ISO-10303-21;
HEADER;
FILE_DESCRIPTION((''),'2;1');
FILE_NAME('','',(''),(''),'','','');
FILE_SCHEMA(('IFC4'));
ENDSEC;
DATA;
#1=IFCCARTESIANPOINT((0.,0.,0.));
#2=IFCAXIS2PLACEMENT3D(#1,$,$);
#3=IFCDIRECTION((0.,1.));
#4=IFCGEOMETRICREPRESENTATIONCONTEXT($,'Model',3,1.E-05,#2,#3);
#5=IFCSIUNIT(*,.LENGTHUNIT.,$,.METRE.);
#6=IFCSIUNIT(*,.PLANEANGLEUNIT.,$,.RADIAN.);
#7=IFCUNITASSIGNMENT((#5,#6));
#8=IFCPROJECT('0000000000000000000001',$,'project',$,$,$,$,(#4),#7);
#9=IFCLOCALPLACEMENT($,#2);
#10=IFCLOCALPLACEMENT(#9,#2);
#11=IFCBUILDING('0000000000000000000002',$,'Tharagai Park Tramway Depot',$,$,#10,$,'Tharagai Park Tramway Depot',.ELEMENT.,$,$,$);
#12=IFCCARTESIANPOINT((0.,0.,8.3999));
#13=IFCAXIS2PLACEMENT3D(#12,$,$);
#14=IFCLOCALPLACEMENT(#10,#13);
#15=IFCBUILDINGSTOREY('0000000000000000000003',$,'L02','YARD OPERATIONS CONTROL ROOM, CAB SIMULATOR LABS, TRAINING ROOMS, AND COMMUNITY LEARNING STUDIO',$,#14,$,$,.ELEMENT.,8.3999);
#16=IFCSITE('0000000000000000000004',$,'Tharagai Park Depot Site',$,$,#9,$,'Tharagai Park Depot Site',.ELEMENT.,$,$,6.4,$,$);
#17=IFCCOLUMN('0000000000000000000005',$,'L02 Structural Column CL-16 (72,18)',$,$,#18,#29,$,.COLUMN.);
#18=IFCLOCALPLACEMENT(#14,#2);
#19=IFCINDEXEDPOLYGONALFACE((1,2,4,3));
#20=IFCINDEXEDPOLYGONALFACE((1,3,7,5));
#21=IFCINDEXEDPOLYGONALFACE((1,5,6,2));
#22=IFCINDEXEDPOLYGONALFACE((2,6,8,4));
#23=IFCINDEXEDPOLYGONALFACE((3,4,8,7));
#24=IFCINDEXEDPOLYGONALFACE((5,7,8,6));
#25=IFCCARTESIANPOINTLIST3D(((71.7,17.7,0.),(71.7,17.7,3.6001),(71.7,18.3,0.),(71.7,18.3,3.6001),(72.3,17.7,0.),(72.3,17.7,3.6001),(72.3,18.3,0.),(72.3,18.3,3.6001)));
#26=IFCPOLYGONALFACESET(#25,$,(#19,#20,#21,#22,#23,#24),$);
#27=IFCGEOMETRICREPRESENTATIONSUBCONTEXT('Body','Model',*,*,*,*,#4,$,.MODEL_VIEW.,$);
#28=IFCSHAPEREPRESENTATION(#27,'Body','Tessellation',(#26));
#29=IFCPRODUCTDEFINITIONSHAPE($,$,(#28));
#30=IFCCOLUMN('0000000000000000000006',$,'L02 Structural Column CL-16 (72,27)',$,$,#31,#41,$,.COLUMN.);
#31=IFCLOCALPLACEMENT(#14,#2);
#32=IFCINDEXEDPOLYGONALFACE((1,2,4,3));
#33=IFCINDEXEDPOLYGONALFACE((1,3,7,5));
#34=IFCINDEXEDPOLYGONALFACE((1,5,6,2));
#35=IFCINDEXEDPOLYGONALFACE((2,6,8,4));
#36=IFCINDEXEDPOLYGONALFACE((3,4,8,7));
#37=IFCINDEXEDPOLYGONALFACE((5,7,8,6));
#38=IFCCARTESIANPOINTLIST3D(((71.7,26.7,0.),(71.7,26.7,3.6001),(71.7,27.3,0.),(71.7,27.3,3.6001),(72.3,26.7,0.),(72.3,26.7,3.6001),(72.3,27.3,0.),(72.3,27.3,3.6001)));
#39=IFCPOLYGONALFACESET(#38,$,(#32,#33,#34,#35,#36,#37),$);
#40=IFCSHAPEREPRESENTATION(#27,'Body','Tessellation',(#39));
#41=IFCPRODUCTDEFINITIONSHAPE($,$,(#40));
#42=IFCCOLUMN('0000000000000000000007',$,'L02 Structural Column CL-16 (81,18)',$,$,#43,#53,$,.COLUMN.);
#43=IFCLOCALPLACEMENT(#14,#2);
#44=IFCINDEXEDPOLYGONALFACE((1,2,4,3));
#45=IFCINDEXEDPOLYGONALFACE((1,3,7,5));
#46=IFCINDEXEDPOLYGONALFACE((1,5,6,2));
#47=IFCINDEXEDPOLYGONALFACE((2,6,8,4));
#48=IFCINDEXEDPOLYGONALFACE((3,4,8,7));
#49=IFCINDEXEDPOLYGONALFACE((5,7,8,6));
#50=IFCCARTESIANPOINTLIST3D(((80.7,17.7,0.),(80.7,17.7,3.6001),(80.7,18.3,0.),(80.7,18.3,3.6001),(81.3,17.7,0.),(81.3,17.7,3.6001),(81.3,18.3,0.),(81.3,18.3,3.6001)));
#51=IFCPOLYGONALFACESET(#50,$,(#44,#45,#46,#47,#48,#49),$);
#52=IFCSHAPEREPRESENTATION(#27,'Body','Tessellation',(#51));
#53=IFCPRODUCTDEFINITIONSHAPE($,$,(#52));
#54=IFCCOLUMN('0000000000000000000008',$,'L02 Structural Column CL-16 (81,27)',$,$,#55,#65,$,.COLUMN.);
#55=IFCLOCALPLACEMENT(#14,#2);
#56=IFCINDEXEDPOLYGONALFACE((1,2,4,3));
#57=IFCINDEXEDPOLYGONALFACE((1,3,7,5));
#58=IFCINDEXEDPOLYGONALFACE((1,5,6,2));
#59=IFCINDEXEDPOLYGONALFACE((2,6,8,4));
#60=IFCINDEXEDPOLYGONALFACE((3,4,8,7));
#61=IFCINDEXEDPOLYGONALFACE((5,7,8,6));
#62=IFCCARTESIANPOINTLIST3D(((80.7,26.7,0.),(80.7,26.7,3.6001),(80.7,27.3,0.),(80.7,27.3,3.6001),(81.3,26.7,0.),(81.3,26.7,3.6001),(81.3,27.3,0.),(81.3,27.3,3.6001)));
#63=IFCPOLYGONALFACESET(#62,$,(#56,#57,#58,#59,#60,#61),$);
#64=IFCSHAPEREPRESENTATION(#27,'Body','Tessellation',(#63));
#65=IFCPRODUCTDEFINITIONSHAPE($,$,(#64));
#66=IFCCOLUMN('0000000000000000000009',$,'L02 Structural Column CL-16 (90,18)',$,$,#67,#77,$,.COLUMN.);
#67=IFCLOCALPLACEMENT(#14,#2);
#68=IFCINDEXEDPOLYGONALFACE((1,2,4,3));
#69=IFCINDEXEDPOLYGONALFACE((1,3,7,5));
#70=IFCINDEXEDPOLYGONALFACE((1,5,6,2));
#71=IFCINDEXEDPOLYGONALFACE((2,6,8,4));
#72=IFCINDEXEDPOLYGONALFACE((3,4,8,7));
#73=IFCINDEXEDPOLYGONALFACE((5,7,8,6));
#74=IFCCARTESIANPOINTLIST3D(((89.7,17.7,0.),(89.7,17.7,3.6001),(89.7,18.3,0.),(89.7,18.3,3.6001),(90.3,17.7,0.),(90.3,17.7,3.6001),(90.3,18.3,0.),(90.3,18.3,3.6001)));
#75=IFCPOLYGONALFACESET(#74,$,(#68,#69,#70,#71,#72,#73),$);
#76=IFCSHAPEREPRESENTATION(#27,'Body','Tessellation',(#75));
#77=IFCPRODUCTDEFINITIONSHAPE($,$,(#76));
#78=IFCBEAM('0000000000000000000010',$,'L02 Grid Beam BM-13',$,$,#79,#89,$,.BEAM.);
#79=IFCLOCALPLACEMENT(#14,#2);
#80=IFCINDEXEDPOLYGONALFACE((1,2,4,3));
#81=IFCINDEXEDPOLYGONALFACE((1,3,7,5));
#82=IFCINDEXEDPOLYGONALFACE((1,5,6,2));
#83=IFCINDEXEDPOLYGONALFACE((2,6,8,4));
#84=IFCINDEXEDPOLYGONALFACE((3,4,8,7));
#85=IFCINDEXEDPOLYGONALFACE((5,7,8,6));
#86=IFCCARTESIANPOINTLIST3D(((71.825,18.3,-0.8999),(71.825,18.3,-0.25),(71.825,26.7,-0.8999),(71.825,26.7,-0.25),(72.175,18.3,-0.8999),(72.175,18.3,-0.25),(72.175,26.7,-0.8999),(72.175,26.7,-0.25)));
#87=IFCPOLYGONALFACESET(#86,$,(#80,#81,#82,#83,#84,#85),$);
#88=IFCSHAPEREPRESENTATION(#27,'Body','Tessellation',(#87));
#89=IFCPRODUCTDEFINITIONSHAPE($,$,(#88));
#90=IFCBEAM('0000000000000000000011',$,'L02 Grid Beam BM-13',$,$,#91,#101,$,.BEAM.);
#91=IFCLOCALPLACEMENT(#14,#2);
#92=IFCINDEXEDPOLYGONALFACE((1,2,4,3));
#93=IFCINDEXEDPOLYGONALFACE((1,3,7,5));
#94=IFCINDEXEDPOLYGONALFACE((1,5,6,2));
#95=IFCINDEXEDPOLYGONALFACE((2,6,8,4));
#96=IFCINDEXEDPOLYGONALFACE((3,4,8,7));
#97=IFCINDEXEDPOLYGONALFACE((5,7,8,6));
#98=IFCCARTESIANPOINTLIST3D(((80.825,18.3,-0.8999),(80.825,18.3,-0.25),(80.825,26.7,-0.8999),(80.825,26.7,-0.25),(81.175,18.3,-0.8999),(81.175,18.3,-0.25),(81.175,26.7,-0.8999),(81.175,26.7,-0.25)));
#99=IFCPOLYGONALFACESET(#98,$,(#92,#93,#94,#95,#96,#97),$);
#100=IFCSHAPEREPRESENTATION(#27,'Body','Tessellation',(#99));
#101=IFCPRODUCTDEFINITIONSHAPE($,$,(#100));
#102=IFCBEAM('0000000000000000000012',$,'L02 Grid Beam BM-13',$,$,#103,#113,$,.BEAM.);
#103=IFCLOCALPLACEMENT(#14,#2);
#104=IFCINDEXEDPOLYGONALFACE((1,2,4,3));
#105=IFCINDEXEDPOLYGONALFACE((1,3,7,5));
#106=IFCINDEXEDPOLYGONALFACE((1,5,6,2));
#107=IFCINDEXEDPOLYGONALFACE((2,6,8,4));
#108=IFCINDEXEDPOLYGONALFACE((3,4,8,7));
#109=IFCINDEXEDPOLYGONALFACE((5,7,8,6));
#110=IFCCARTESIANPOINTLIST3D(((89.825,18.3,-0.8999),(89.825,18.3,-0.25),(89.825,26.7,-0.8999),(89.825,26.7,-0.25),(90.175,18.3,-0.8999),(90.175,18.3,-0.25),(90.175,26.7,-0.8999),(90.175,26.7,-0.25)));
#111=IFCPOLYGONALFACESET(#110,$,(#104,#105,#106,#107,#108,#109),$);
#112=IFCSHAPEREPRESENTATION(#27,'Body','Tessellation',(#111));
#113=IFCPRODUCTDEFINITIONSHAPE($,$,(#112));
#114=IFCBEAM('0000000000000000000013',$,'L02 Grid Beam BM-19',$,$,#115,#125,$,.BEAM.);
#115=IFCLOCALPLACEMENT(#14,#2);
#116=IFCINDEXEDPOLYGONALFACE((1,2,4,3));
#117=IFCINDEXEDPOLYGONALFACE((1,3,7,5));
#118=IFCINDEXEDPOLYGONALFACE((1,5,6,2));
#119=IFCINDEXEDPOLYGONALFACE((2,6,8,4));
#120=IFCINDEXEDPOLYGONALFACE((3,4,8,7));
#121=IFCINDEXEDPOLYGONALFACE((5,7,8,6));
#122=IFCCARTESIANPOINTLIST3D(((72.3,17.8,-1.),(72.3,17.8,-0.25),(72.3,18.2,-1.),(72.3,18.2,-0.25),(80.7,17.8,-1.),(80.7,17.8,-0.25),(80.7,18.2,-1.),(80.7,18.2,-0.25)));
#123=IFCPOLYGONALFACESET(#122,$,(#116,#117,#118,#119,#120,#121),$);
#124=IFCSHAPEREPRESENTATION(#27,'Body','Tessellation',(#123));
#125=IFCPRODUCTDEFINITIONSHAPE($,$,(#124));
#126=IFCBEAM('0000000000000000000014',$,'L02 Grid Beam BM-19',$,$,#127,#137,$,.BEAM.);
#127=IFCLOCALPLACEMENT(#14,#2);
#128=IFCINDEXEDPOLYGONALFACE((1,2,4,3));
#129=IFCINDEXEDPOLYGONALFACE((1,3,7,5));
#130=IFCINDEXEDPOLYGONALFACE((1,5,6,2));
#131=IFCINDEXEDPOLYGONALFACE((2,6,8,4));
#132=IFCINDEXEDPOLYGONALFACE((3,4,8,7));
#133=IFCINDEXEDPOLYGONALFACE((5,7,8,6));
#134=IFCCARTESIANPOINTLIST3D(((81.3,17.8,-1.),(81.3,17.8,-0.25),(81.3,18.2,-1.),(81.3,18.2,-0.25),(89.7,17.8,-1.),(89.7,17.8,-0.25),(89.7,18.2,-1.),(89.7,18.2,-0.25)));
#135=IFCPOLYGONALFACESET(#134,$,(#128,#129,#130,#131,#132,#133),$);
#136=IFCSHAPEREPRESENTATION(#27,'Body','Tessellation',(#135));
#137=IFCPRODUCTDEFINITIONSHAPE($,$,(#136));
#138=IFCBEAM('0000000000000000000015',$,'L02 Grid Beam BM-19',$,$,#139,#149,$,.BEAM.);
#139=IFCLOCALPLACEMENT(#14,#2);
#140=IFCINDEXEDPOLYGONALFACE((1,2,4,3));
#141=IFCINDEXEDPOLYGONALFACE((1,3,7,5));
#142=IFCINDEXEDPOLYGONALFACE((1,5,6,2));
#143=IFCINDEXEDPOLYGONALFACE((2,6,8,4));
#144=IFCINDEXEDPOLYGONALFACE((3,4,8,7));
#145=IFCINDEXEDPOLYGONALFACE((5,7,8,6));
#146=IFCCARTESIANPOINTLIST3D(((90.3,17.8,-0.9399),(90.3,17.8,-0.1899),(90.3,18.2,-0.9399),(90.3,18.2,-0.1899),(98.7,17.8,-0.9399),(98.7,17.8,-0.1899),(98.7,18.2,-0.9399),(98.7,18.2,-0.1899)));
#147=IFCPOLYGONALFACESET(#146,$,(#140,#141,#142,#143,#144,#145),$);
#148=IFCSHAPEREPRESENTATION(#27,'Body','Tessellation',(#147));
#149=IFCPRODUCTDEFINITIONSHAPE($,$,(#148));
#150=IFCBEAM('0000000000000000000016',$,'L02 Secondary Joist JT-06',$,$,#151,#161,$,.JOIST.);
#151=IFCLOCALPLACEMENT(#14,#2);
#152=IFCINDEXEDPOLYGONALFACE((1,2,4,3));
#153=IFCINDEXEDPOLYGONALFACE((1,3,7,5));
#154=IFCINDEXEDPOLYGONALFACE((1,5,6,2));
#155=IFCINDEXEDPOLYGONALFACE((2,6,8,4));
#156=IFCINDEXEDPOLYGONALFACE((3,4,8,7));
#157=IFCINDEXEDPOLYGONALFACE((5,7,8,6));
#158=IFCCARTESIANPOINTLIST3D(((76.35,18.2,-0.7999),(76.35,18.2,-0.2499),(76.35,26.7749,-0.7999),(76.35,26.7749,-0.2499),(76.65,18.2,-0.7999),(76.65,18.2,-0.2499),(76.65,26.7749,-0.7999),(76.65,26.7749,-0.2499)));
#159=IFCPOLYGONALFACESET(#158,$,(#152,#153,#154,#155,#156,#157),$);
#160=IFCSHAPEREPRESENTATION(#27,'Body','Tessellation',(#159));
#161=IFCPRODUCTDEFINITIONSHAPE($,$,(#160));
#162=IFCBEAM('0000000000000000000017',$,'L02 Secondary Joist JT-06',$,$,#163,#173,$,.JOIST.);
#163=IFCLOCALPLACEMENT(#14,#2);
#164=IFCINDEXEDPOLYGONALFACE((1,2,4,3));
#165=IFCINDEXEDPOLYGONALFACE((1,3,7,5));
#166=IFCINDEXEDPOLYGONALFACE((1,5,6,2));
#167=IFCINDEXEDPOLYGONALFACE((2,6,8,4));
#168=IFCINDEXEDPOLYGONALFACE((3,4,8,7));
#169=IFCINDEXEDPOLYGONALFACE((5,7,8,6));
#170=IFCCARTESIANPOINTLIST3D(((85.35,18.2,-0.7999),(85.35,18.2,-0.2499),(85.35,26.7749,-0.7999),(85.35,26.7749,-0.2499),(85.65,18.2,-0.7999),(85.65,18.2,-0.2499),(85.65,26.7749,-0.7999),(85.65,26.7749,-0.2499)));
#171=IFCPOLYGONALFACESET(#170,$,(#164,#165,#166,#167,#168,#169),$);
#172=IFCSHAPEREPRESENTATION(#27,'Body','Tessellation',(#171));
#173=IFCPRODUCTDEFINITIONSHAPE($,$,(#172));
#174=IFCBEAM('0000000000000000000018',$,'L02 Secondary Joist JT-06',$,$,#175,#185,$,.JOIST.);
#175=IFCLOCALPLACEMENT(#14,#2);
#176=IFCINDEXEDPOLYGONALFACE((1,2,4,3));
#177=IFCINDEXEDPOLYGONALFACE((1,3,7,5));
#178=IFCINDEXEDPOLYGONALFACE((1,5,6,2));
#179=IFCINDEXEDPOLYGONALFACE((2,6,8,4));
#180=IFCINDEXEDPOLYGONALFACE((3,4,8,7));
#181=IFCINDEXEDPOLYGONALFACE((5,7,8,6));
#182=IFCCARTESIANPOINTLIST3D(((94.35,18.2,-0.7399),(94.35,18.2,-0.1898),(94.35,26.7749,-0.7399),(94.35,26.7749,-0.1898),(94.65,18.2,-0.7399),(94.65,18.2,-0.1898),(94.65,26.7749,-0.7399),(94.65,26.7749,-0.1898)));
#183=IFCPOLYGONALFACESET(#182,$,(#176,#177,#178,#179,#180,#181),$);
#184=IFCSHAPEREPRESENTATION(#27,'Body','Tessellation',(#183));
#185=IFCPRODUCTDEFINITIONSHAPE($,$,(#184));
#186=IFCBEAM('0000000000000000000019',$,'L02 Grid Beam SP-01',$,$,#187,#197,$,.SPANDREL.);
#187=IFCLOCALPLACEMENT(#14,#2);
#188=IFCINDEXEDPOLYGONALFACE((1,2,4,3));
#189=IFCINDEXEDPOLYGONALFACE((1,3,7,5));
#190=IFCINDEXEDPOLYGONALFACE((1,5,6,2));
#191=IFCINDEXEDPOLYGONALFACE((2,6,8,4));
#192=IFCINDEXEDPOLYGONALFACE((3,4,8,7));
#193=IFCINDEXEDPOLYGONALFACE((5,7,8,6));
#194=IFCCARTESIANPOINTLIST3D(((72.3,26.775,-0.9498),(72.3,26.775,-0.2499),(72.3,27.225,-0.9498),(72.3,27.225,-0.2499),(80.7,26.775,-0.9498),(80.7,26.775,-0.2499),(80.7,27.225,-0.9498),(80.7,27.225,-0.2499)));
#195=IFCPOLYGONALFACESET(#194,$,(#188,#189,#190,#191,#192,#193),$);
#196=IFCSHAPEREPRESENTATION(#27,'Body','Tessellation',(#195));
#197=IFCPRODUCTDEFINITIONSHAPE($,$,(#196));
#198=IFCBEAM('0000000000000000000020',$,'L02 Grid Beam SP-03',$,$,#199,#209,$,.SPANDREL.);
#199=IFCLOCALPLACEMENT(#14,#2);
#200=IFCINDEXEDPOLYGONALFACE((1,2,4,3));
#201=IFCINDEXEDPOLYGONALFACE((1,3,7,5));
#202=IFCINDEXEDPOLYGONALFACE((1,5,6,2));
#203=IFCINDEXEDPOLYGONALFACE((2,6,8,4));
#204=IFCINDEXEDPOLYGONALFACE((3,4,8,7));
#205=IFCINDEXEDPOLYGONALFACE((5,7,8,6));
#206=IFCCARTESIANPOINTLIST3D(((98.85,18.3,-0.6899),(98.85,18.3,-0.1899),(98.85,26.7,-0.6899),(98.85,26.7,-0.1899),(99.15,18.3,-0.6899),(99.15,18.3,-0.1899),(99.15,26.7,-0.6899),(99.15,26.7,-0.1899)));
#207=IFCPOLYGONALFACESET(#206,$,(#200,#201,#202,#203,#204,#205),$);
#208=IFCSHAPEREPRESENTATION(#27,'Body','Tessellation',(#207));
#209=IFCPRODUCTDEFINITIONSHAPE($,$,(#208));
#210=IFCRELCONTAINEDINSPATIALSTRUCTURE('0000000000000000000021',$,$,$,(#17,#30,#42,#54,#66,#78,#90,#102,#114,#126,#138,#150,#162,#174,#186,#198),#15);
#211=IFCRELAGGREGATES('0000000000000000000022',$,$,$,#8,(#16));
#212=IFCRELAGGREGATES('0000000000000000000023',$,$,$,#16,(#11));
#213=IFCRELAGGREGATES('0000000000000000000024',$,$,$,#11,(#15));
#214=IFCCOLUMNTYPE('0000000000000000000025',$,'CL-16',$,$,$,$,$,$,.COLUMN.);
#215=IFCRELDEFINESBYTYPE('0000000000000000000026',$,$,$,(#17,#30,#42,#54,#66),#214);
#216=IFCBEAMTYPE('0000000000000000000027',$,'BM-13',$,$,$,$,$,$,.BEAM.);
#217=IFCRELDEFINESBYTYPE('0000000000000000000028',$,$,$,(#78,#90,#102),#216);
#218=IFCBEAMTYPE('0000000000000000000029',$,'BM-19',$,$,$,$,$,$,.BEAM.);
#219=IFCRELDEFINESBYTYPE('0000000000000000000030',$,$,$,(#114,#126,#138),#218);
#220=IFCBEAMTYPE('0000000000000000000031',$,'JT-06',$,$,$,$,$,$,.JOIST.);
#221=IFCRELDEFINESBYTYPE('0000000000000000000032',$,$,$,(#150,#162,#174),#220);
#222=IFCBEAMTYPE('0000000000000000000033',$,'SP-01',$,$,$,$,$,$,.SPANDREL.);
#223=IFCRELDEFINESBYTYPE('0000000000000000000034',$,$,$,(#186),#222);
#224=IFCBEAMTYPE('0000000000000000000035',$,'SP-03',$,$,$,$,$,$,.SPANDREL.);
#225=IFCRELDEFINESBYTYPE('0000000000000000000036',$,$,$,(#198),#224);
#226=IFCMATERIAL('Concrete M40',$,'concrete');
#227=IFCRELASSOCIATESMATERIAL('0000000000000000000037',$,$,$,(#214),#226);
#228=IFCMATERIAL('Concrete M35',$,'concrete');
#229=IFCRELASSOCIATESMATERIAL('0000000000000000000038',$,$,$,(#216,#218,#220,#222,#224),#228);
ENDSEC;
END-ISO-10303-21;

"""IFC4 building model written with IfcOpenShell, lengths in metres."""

from ifc_helpers import new_model, si_unit, direction, frame, origin, origin_2d, place, context, subcontext, project, spatial, rectangle, extrude, material, material_profile, profile_set, type_object, element, save


model = new_model("IFC4")

# Units and contexts
model_context = context("Model", 3, precision=1e-05, world=origin(), true_north=direction((0.0, 1.0)))
body_context = subcontext(model_context, "Body", "Model", "MODEL_VIEW")
ifc_project = project(units=[si_unit("LENGTHUNIT", "METRE"), si_unit("PLANEANGLEUNIT", "RADIAN")], contexts=[model_context])

# Site, building, storey
site_placement = place(None, origin())
site = spatial("IfcSite", under=ifc_project, at=site_placement, Name="Tharagai Park Depot Site", LongName="Tharagai Park Depot Site", CompositionType="ELEMENT", RefElevation=6.4)
building_placement = place(site_placement, origin())
building = spatial("IfcBuilding", under=site, at=building_placement, Name="Tharagai Park Tramway Depot", LongName="Tharagai Park Tramway Depot", CompositionType="ELEMENT")
storey_placement = place(building_placement, frame((0.0, 0.0, 8.3999)))
storey = spatial("IfcBuildingStorey", under=building, at=storey_placement, Name="L02", Description="YARD OPERATIONS CONTROL ROOM, CAB SIMULATOR LABS, TRAINING ROOMS, AND COMMUNITY LEARNING STUDIO", CompositionType="ELEMENT", Elevation=8.3999)

# Columns
ifc_material_1 = material(Name="Concrete M40", Category="concrete")
ifc_material_profile_1 = material_profile(ifc_material_1, rectangle(XDim=0.6001, YDim=0.6001, at=origin_2d()), Name="RC 600x600")
ifc_profile_set_1 = profile_set([ifc_material_profile_1], Name="Concrete M40")
column_type = type_object("IfcColumnType", Name="CL-16", PredefinedType="COLUMN", material=ifc_profile_set_1)
for number, where, z_axis, x_axis, name in (
    (1, (72.0, 18.0, 0.0), (0.0, 0.0, 1.0), (1.0, 0.0, 0.0), "L02 Structural Column CL-16 (72,18)"),
    (2, (72.0, 27.0, 0.0), (0.0, 0.0, 1.0), (1.0, 0.0, 0.0), "L02 Structural Column CL-16 (72,27)"),
    (3, (81.0, 18.0, 0.0), (0.0, 0.0, 1.0), (1.0, 0.0, 0.0), "L02 Structural Column CL-16 (81,18)"),
    (4, (81.0, 27.0, 0.0), (0.0, 0.0, 1.0), (1.0, 0.0, 0.0), "L02 Structural Column CL-16 (81,27)"),
    (5, (90.0, 18.0, 0.0), (0.0, 0.0, 1.0), (1.0, 0.0, 0.0), "L02 Structural Column CL-16 (90,18)"),
):
    element("IfcColumn", number, at=place(storey_placement, frame(where, z_axis=z_axis, x_axis=x_axis)), inside=storey, type_object=column_type, Name=name, PredefinedType="COLUMN", context=body_context, shape_type="SweptSolid", body=[
        extrude(rectangle(XDim=0.6001, YDim=0.6001, at=origin_2d()), origin(), (0.0, 0.0, 1.0), 3.6001),
    ])

# Beams
ifc_material_2 = material(Name="Concrete M35", Category="concrete")
ifc_material_profile_2 = material_profile(ifc_material_2, rectangle(XDim=0.3501, YDim=0.6499, at=origin_2d()), Name="RC 350x650")
ifc_profile_set_2 = profile_set([ifc_material_profile_2], Name="Concrete M35")
beam_type_1 = type_object("IfcBeamType", Name="BM-13", PredefinedType="BEAM", material=ifc_profile_set_2)
for number, where, z_axis, x_axis, name in (
    (6, (72.0, 18.3, -0.575), (0.0, 1.0, 0.0), (-1.0, 0.0, 0.0), "L02 Grid Beam BM-13"),
    (7, (81.0, 18.3, -0.575), (0.0, 1.0, 0.0), (-1.0, 0.0, 0.0), "L02 Grid Beam BM-13"),
    (8, (90.0, 18.3, -0.575), (0.0, 1.0, 0.0), (-1.0, 0.0, 0.0), "L02 Grid Beam BM-13"),
):
    element("IfcBeam", number, at=place(storey_placement, frame(where, z_axis=z_axis, x_axis=x_axis)), inside=storey, type_object=beam_type_1, Name=name, PredefinedType="BEAM", context=body_context, shape_type="SweptSolid", body=[
        extrude(rectangle(XDim=0.3501, YDim=0.6499, at=origin_2d()), origin(), (0.0, 0.0, 1.0), 8.3999),
    ])
ifc_material_profile_3 = material_profile(ifc_material_2, rectangle(XDim=0.3999, YDim=0.75, at=origin_2d()), Name="RC 400x750")
ifc_profile_set_3 = profile_set([ifc_material_profile_3], Name="Concrete M35")
beam_type_2 = type_object("IfcBeamType", Name="BM-19", PredefinedType="BEAM", material=ifc_profile_set_3)
for number, where, z_axis, x_axis, name in (
    (9, (72.3, 18.0, -0.625), (1.0, 0.0, 0.0), (0.0, 1.0, 0.0), "L02 Grid Beam BM-19"),
    (10, (81.3, 18.0, -0.625), (1.0, 0.0, 0.0), (0.0, 1.0, 0.0), "L02 Grid Beam BM-19"),
    (11, (90.3, 18.0, -0.5649), (1.0, 0.0, 0.0), (0.0, 1.0, 0.0), "L02 Grid Beam BM-19"),
):
    element("IfcBeam", number, at=place(storey_placement, frame(where, z_axis=z_axis, x_axis=x_axis)), inside=storey, type_object=beam_type_2, Name=name, PredefinedType="BEAM", context=body_context, shape_type="SweptSolid", body=[
        extrude(rectangle(XDim=0.3999, YDim=0.75, at=origin_2d()), origin(), (0.0, 0.0, 1.0), 8.3999),
    ])
ifc_material_profile_4 = material_profile(ifc_material_2, rectangle(XDim=0.3, YDim=0.55, at=origin_2d()), Name="RC 300x550")
ifc_profile_set_4 = profile_set([ifc_material_profile_4], Name="Concrete M35")
beam_type_3 = type_object("IfcBeamType", Name="JT-06", PredefinedType="JOIST", material=ifc_profile_set_4)
for number, where, z_axis, x_axis, name in (
    (12, (76.5, 18.2, -0.5249), (0.0, 1.0, 0.0), (-1.0, 0.0, 0.0), "L02 Secondary Joist JT-06"),
    (13, (85.5, 18.2, -0.5249), (0.0, 1.0, 0.0), (-1.0, 0.0, 0.0), "L02 Secondary Joist JT-06"),
    (14, (94.5, 18.2, -0.4648), (0.0, 1.0, 0.0), (-1.0, 0.0, 0.0), "L02 Secondary Joist JT-06"),
):
    element("IfcBeam", number, at=place(storey_placement, frame(where, z_axis=z_axis, x_axis=x_axis)), inside=storey, type_object=beam_type_3, Name=name, PredefinedType="JOIST", context=body_context, shape_type="SweptSolid", body=[
        extrude(rectangle(XDim=0.3, YDim=0.55, at=origin_2d()), origin(), (0.0, 0.0, 1.0), 8.575),
    ])
ifc_material_profile_5 = material_profile(ifc_material_2, rectangle(XDim=0.45, YDim=0.7, at=origin_2d()), Name="RC 450x700")
ifc_profile_set_5 = profile_set([ifc_material_profile_5], Name="Concrete M35")
beam_type_4 = type_object("IfcBeamType", Name="SP-01", PredefinedType="SPANDREL", material=ifc_profile_set_5)
beam_1_placement = place(storey_placement, frame((72.3, 27.0, -0.5999), z_axis=(1.0, 0.0, 0.0), x_axis=(0.0, 1.0, 0.0)))
element("IfcBeam", 15, at=beam_1_placement, inside=storey, type_object=beam_type_4, Name="L02 Grid Beam SP-01", PredefinedType="SPANDREL", context=body_context, shape_type="SweptSolid", body=[
    extrude(rectangle(XDim=0.45, YDim=0.7, at=origin_2d()), origin(), (0.0, 0.0, 1.0), 8.3999),
])
ifc_material_profile_6 = material_profile(ifc_material_2, rectangle(XDim=0.3, YDim=0.5, at=origin_2d()), Name="RC 300x500")
ifc_profile_set_6 = profile_set([ifc_material_profile_6], Name="Concrete M35")
beam_type_5 = type_object("IfcBeamType", Name="SP-03", PredefinedType="SPANDREL", material=ifc_profile_set_6)
beam_2_placement = place(storey_placement, frame((99.0, 18.3, -0.4399), z_axis=(0.0, 1.0, 0.0), x_axis=(-1.0, 0.0, 0.0)))
element("IfcBeam", 16, at=beam_2_placement, inside=storey, type_object=beam_type_5, Name="L02 Grid Beam SP-03", PredefinedType="SPANDREL", context=body_context, shape_type="SweptSolid", body=[
    extrude(rectangle(XDim=0.3, YDim=0.5, at=origin_2d()), origin(), (0.0, 0.0, 1.0), 8.3999),
])

save(model, "model.ifc")
